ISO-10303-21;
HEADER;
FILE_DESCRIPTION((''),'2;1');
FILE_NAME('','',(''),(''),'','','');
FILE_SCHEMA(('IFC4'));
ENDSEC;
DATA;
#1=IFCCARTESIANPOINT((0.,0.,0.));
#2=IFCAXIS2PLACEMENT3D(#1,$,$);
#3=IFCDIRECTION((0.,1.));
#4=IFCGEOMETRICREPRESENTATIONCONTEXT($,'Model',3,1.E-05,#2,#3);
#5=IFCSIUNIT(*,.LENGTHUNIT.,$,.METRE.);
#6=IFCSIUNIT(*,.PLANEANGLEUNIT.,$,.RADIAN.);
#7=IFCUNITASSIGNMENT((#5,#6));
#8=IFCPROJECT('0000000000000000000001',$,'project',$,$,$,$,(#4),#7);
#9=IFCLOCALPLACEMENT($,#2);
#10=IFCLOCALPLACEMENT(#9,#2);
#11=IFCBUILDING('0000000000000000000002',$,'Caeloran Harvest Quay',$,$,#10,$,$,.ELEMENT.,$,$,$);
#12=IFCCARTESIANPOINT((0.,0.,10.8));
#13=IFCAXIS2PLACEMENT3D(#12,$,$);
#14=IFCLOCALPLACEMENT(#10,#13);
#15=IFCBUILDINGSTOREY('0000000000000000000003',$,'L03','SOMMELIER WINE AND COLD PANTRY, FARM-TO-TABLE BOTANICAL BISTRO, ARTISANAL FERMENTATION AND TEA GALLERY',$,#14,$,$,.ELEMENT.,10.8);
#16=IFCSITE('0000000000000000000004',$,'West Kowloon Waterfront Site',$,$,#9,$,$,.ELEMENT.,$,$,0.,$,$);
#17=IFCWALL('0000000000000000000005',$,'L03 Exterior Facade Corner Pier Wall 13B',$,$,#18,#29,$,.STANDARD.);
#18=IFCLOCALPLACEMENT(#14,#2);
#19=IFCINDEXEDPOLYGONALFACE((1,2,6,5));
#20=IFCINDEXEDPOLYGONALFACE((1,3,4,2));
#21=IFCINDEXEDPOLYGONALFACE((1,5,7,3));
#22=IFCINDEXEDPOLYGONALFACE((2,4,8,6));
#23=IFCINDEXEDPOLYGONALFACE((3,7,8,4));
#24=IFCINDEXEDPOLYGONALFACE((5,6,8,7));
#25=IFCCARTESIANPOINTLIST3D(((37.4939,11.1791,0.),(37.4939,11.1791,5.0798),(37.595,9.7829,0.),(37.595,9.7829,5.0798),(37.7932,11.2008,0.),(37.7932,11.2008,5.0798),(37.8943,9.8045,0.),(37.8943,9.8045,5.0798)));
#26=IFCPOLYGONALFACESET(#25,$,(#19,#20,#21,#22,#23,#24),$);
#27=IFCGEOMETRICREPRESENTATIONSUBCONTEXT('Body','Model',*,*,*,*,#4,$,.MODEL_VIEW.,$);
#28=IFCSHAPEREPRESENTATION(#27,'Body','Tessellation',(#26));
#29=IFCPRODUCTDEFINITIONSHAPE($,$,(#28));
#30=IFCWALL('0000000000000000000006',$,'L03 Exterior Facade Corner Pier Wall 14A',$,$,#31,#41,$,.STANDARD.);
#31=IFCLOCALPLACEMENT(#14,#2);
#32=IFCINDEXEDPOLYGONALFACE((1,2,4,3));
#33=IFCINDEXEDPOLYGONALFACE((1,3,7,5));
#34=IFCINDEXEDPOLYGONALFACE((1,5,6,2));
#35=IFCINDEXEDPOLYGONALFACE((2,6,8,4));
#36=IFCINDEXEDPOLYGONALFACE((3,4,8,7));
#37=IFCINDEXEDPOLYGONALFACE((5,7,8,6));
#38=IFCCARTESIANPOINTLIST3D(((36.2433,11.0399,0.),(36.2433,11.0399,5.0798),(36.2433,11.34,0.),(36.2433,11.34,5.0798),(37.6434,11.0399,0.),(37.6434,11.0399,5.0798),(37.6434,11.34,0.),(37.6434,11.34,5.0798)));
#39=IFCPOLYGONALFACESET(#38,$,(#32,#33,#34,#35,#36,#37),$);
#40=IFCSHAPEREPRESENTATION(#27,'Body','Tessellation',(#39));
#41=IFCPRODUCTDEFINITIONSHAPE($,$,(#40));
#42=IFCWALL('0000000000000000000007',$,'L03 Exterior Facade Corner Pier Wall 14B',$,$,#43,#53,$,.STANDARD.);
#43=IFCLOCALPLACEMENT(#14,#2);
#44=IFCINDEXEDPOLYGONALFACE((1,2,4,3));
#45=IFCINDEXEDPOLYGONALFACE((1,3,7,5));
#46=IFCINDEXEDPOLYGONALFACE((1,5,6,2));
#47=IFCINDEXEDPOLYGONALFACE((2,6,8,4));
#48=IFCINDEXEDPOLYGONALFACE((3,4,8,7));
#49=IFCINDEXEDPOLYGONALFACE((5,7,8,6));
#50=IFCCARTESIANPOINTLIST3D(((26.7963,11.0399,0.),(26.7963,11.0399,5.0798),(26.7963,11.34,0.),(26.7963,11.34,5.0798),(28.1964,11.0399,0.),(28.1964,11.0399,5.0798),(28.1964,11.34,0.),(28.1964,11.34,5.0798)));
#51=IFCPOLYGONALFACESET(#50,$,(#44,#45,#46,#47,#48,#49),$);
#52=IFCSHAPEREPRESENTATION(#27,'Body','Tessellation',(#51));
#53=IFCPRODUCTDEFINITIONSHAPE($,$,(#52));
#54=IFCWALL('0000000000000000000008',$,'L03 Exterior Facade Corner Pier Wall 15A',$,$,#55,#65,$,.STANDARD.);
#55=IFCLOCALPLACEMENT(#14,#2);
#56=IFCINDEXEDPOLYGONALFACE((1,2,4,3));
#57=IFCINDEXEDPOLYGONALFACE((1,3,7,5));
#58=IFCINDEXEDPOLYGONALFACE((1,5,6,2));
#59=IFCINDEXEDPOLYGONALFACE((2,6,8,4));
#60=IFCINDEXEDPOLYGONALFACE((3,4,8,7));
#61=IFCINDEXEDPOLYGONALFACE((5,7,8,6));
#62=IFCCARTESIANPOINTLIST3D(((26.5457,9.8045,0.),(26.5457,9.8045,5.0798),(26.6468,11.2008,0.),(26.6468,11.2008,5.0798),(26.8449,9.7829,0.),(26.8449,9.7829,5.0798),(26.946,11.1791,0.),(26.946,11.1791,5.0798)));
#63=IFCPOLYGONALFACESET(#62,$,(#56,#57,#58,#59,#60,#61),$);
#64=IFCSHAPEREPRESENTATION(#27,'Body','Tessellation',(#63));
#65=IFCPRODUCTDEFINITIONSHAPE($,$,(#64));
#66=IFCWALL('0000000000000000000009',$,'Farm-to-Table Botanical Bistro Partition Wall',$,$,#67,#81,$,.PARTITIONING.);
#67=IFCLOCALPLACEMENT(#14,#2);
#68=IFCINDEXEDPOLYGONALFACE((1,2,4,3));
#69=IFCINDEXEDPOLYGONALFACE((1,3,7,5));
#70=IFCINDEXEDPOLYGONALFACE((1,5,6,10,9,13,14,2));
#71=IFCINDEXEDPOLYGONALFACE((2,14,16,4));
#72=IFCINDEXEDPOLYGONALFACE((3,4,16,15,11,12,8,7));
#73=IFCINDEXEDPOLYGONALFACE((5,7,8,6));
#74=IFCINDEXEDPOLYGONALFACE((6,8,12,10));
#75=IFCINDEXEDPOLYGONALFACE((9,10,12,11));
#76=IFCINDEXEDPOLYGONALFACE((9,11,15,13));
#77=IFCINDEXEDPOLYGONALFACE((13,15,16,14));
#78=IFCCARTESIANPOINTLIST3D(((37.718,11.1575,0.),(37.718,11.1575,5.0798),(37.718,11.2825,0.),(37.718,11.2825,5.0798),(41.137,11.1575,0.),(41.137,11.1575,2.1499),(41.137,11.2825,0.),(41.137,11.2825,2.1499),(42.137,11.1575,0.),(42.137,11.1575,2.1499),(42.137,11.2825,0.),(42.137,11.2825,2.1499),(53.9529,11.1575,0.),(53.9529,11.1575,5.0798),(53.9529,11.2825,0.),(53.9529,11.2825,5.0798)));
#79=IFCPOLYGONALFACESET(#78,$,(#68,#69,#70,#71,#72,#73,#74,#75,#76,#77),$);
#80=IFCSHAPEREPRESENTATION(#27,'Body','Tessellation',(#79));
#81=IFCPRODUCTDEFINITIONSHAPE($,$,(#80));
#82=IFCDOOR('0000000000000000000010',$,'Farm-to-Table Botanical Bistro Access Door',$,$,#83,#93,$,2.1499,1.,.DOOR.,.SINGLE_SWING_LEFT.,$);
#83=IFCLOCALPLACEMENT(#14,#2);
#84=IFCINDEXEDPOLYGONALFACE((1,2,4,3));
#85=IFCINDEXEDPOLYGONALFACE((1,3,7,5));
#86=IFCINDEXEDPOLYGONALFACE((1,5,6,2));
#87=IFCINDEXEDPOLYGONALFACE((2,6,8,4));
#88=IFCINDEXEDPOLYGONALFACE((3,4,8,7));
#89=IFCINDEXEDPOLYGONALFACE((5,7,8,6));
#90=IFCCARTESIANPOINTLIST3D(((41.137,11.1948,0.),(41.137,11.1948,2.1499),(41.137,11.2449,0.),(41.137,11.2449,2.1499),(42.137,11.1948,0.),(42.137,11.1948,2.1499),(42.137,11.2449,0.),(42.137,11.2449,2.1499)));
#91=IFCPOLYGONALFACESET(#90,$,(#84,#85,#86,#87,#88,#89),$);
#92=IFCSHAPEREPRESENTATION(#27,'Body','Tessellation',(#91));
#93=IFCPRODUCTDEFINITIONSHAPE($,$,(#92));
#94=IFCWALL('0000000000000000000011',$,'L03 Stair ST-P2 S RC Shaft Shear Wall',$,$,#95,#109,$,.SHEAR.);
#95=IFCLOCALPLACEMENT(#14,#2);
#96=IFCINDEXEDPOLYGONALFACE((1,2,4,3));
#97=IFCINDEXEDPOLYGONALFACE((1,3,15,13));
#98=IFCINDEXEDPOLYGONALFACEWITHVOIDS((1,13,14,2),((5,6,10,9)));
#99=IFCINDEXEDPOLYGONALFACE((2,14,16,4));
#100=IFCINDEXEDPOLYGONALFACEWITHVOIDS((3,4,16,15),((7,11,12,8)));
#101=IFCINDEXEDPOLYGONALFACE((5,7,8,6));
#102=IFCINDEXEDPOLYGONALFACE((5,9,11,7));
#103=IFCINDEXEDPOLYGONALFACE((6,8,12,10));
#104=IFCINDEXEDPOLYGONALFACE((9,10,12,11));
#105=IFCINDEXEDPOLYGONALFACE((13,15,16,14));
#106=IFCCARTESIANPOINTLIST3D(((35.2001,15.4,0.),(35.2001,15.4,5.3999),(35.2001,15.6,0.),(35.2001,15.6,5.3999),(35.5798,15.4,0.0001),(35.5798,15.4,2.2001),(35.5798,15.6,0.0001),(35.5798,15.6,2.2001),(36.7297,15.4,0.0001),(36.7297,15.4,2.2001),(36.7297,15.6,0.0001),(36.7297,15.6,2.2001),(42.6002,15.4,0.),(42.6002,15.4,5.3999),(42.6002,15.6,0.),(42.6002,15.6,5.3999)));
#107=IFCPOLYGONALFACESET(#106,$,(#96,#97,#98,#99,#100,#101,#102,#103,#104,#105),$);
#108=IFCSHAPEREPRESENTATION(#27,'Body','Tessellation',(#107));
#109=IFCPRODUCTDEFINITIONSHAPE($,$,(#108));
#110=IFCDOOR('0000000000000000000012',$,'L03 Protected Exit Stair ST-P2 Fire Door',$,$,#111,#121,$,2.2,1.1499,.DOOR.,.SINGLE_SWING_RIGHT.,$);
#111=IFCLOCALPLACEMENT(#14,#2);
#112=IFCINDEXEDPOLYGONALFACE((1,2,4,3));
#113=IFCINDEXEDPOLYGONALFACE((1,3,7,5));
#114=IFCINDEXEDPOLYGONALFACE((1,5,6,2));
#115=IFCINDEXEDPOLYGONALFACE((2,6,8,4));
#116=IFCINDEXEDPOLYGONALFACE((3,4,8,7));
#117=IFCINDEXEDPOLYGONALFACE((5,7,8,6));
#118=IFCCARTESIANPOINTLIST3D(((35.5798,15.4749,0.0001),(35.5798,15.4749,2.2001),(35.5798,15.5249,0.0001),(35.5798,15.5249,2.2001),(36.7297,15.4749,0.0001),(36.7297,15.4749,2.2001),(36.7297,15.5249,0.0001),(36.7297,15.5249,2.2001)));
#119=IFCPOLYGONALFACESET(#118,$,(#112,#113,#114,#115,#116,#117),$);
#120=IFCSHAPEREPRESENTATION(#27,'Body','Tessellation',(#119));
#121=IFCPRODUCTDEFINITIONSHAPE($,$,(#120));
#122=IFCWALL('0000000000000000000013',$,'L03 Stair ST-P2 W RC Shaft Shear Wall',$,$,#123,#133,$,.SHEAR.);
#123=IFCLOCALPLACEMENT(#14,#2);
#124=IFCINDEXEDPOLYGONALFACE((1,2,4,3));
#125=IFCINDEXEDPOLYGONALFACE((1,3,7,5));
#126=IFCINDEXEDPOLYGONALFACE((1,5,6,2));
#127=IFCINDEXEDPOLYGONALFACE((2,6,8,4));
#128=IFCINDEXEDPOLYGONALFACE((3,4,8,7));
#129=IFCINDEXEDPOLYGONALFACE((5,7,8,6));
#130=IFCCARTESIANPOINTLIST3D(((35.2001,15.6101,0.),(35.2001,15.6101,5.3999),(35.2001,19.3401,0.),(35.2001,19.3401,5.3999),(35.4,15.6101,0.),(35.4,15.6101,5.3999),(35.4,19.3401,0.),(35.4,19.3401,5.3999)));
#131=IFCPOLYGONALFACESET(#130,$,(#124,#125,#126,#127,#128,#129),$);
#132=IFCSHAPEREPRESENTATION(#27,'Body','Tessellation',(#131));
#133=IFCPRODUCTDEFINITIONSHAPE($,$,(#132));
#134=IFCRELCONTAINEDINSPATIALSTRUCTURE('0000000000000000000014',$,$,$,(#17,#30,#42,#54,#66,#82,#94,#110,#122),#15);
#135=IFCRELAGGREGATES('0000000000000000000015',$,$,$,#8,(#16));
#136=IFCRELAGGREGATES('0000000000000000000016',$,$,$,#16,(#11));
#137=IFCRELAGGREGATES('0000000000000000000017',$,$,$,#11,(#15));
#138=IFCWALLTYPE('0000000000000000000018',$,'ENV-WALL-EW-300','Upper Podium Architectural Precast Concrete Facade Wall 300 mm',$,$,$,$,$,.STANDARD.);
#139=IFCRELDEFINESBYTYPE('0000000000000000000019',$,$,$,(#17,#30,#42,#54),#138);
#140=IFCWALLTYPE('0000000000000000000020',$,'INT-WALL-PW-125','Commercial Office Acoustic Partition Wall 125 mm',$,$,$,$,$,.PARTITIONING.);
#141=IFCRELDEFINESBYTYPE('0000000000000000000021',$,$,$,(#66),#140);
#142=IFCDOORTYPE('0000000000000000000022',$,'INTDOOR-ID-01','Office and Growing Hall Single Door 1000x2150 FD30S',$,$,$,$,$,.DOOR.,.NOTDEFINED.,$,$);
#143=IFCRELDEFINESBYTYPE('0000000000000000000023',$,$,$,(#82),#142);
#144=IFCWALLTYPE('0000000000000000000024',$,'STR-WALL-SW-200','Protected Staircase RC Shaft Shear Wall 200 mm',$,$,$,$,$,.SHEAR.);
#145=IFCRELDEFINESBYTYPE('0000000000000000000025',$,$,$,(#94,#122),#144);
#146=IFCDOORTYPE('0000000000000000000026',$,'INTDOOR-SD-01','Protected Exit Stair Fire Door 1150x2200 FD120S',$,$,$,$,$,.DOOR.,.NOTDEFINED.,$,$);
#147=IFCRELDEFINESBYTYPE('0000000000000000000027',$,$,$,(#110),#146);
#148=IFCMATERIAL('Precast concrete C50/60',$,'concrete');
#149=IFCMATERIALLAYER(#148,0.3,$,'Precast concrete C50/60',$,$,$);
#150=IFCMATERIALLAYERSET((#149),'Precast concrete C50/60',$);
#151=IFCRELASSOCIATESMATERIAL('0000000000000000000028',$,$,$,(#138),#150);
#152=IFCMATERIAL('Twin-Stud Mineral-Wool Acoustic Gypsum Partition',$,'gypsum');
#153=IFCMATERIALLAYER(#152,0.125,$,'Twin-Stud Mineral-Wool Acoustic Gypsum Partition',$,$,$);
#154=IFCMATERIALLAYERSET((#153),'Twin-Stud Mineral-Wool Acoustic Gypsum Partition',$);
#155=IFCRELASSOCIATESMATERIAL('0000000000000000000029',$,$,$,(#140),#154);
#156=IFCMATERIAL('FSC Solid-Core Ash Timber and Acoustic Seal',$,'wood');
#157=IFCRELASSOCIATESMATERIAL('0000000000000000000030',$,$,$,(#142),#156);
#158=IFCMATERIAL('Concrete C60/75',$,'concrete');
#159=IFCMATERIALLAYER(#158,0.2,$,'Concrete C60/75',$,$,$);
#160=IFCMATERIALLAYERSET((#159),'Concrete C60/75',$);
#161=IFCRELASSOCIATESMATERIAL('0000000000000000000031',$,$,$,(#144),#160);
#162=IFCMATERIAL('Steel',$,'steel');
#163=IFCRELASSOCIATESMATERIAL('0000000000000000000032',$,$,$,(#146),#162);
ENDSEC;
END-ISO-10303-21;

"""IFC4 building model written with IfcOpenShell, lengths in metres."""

from ifc_helpers import new_model, si_unit, direction, frame, frame_2d, origin, place, context, subcontext, project, spatial, rectangle, extrude, material, layer, layer_set, type_object, element, fill, save


model = new_model("IFC4")

# Units and contexts
model_context = context("Model", 3, precision=1e-05, world=origin(), true_north=direction((0.0, 1.0)))
body_context = subcontext(model_context, "Body", "Model", "MODEL_VIEW")
ifc_project = project(units=[si_unit("LENGTHUNIT", "METRE"), si_unit("PLANEANGLEUNIT", "RADIAN")], contexts=[model_context])

# Site, building, storey
site_placement = place(None, origin())
site = spatial("IfcSite", under=ifc_project, at=site_placement, Name="West Kowloon Waterfront Site", CompositionType="ELEMENT", RefElevation=0.0)
building_placement = place(site_placement, origin())
building = spatial("IfcBuilding", under=site, at=building_placement, Name="Caeloran Harvest Quay", CompositionType="ELEMENT")
storey_placement = place(building_placement, frame((0.0, 0.0, 10.8)))
storey = spatial("IfcBuildingStorey", under=building, at=storey_placement, Name="L03", Description="SOMMELIER WINE AND COLD PANTRY, FARM-TO-TABLE BOTANICAL BISTRO, ARTISANAL FERMENTATION AND TEA GALLERY", CompositionType="ELEMENT", Elevation=10.8)

# Walls
ifc_material_1 = material(Name="Precast concrete C50/60", Category="concrete")
ifc_layer_1 = layer(ifc_material_1, 0.3, Name="Precast concrete C50/60")
ifc_layer_set_1 = layer_set([ifc_layer_1], Name="Precast concrete C50/60")
wall_type_1 = type_object("IfcWallType", Name="ENV-WALL-EW-300", Description="Upper Podium Architectural Precast Concrete Facade Wall 300 mm", PredefinedType="STANDARD", material=ifc_layer_set_1)
wall_1_placement = place(storey_placement, frame((37.7446, 9.7937, 0.0), z_axis=(0.0, 0.0, 1.0), x_axis=(-0.072201, 0.99739, 0.0)))
element("IfcWall", 1, at=wall_1_placement, inside=storey, type_object=wall_type_1, Name="L03 Exterior Facade Corner Pier Wall 13B", PredefinedType="STANDARD", context=body_context, shape_type="SweptSolid", body=[
    extrude(rectangle(XDim=1.3999, YDim=0.3, at=frame_2d((0.7, 0.0))), origin(), (0.0, 0.0, 1.0), 5.0798),
])
for number, where, z_axis, x_axis, name in (
    (2, (37.6436, 11.1899, 0.0), (0.0, 0.0, 1.0), (-1.0, 0.0, 0.0), "L03 Exterior Facade Corner Pier Wall 14A"),
    (3, (28.1965, 11.1899, 0.0), (0.0, 0.0, 1.0), (-1.0, 0.0, 0.0), "L03 Exterior Facade Corner Pier Wall 14B"),
):
    element("IfcWall", number, at=place(storey_placement, frame(where, z_axis=z_axis, x_axis=x_axis)), inside=storey, type_object=wall_type_1, Name=name, PredefinedType="STANDARD", context=body_context, shape_type="SweptSolid", body=[
        extrude(rectangle(XDim=1.4001, YDim=0.3, at=frame_2d((0.7002, 0.0))), origin(), (0.0, 0.0, 1.0), 5.0798),
    ])
wall_2_placement = place(storey_placement, frame((26.7964, 11.1899, 0.0), z_axis=(0.0, 0.0, 1.0), x_axis=(-0.072201, -0.99739, 0.0)))
element("IfcWall", 4, at=wall_2_placement, inside=storey, type_object=wall_type_1, Name="L03 Exterior Facade Corner Pier Wall 15A", PredefinedType="STANDARD", context=body_context, shape_type="SweptSolid", body=[
    extrude(rectangle(XDim=1.3999, YDim=0.3, at=frame_2d((0.7, 0.0))), origin(), (0.0, 0.0, 1.0), 5.0798),
])

# Walls, openings, doors
ifc_material_2 = material(Name="Twin-Stud Mineral-Wool Acoustic Gypsum Partition", Category="gypsum")
ifc_layer_2 = layer(ifc_material_2, 0.125, Name="Twin-Stud Mineral-Wool Acoustic Gypsum Partition")
ifc_layer_set_2 = layer_set([ifc_layer_2], Name="Twin-Stud Mineral-Wool Acoustic Gypsum Partition")
wall_type_2 = type_object("IfcWallType", Name="INT-WALL-PW-125", Description="Commercial Office Acoustic Partition Wall 125 mm", PredefinedType="PARTITIONING", material=ifc_layer_set_2)
wall_3_placement = place(storey_placement, frame((37.718, 11.22, 0.0), z_axis=(0.0, 0.0, 1.0), x_axis=(1.0, 0.0, 0.0)))
wall_3 = element("IfcWall", 5, at=wall_3_placement, inside=storey, type_object=wall_type_2, Name="Farm-to-Table Botanical Bistro Partition Wall", PredefinedType="PARTITIONING", context=body_context, shape_type="SweptSolid", body=[
    extrude(rectangle(XDim=16.2349, YDim=0.125, at=frame_2d((8.1174, 0.0))), origin(), (0.0, 0.0, 1.0), 5.0798),
])
opening_1_placement = place(wall_3_placement, frame((3.4189, 0.0, 0.0)))
opening_1 = element("IfcOpeningElement", 6, at=opening_1_placement, cuts=wall_3, PredefinedType="OPENING", context=body_context, shape_type="SweptSolid", body=[
    extrude(rectangle(XDim=1.0, YDim=2.1499, at=frame_2d((0.5, 1.075))), frame((0.0, 0.0725, 0.0), z_axis=(0.0, -1.0, 0.0), x_axis=(1.0, 0.0, 0.0)), (0.0, 0.0, 1.0), 0.145),
])
ifc_material_3 = material(Name="FSC Solid-Core Ash Timber and Acoustic Seal", Category="wood")
door_type_1 = type_object("IfcDoorType", Name="INTDOOR-ID-01", Description="Office and Growing Hall Single Door 1000x2150 FD30S", OperationType="NOTDEFINED", PredefinedType="DOOR", material=ifc_material_3)
door_1_placement = place(opening_1_placement, origin())
door_1 = element("IfcDoor", 7, at=door_1_placement, inside=storey, type_object=door_type_1, Name="Farm-to-Table Botanical Bistro Access Door", OperationType="SINGLE_SWING_LEFT", OverallHeight=2.1499, OverallWidth=1.0, PredefinedType="DOOR", context=body_context, shape_type="SweptSolid", body=[
    extrude(rectangle(XDim=1.0, YDim=2.1499, at=frame_2d((0.5, 1.075))), frame((0.0, 0.0249, 0.0), z_axis=(0.0, -1.0, 0.0), x_axis=(1.0, 0.0, 0.0)), (0.0, 0.0, 1.0), 0.05),
])
fill(opening_1, door_1)
ifc_material_4 = material(Name="Concrete C60/75", Category="concrete")
ifc_layer_3 = layer(ifc_material_4, 0.2, Name="Concrete C60/75")
ifc_layer_set_3 = layer_set([ifc_layer_3], Name="Concrete C60/75")
wall_type_3 = type_object("IfcWallType", Name="STR-WALL-SW-200", Description="Protected Staircase RC Shaft Shear Wall 200 mm", PredefinedType="SHEAR", material=ifc_layer_set_3)
wall_4_placement = place(storey_placement, frame((35.2, 15.5, 0.0), z_axis=(0.0, 0.0, 1.0), x_axis=(1.0, 0.0, 0.0)))
wall_4 = element("IfcWall", 8, at=wall_4_placement, inside=storey, type_object=wall_type_3, Name="L03 Stair ST-P2 S RC Shaft Shear Wall", PredefinedType="SHEAR", context=body_context, shape_type="SweptSolid", body=[
    extrude(rectangle(XDim=7.4001, YDim=0.2, at=frame_2d((3.7002, 0.0))), origin(), (0.0, 0.0, 1.0), 5.3999),
])
opening_2_placement = place(wall_4_placement, frame((0.3799, 0.0, 0.0)))
opening_2 = element("IfcOpeningElement", 9, at=opening_2_placement, cuts=wall_4, PredefinedType="OPENING", context=body_context, shape_type="SweptSolid", body=[
    extrude(rectangle(XDim=1.1499, YDim=2.2, at=frame_2d((0.575, 1.1001))), frame((0.0, 0.1099, 0.0), z_axis=(0.0, -1.0, 0.0), x_axis=(1.0, 0.0, 0.0)), (0.0, 0.0, 1.0), 0.22),
])
ifc_material_5 = material(Name="Steel", Category="steel")
door_type_2 = type_object("IfcDoorType", Name="INTDOOR-SD-01", Description="Protected Exit Stair Fire Door 1150x2200 FD120S", OperationType="NOTDEFINED", PredefinedType="DOOR", material=ifc_material_5)
door_2_placement = place(opening_2_placement, origin())
door_2 = element("IfcDoor", 10, at=door_2_placement, inside=storey, type_object=door_type_2, Name="L03 Protected Exit Stair ST-P2 Fire Door", OperationType="SINGLE_SWING_RIGHT", OverallHeight=2.2, OverallWidth=1.1499, PredefinedType="DOOR", context=body_context, shape_type="SweptSolid", body=[
    extrude(rectangle(XDim=1.1499, YDim=2.2, at=frame_2d((0.575, 1.1001))), frame((0.0, 0.0249, 0.0), z_axis=(0.0, -1.0, 0.0), x_axis=(1.0, 0.0, 0.0)), (0.0, 0.0, 1.0), 0.05),
])
fill(opening_2, door_2)

# Wall
wall_5_placement = place(storey_placement, frame((35.3, 15.6101, 0.0), z_axis=(0.0, 0.0, 1.0), x_axis=(0.0, 1.0, 0.0)))
element("IfcWall", 11, at=wall_5_placement, inside=storey, type_object=wall_type_3, Name="L03 Stair ST-P2 W RC Shaft Shear Wall", PredefinedType="SHEAR", context=body_context, shape_type="SweptSolid", body=[
    extrude(rectangle(XDim=3.73, YDim=0.2, at=frame_2d((1.865, 0.0))), origin(), (0.0, 0.0, 1.0), 5.3999),
])

save(model, "model.ifc")
